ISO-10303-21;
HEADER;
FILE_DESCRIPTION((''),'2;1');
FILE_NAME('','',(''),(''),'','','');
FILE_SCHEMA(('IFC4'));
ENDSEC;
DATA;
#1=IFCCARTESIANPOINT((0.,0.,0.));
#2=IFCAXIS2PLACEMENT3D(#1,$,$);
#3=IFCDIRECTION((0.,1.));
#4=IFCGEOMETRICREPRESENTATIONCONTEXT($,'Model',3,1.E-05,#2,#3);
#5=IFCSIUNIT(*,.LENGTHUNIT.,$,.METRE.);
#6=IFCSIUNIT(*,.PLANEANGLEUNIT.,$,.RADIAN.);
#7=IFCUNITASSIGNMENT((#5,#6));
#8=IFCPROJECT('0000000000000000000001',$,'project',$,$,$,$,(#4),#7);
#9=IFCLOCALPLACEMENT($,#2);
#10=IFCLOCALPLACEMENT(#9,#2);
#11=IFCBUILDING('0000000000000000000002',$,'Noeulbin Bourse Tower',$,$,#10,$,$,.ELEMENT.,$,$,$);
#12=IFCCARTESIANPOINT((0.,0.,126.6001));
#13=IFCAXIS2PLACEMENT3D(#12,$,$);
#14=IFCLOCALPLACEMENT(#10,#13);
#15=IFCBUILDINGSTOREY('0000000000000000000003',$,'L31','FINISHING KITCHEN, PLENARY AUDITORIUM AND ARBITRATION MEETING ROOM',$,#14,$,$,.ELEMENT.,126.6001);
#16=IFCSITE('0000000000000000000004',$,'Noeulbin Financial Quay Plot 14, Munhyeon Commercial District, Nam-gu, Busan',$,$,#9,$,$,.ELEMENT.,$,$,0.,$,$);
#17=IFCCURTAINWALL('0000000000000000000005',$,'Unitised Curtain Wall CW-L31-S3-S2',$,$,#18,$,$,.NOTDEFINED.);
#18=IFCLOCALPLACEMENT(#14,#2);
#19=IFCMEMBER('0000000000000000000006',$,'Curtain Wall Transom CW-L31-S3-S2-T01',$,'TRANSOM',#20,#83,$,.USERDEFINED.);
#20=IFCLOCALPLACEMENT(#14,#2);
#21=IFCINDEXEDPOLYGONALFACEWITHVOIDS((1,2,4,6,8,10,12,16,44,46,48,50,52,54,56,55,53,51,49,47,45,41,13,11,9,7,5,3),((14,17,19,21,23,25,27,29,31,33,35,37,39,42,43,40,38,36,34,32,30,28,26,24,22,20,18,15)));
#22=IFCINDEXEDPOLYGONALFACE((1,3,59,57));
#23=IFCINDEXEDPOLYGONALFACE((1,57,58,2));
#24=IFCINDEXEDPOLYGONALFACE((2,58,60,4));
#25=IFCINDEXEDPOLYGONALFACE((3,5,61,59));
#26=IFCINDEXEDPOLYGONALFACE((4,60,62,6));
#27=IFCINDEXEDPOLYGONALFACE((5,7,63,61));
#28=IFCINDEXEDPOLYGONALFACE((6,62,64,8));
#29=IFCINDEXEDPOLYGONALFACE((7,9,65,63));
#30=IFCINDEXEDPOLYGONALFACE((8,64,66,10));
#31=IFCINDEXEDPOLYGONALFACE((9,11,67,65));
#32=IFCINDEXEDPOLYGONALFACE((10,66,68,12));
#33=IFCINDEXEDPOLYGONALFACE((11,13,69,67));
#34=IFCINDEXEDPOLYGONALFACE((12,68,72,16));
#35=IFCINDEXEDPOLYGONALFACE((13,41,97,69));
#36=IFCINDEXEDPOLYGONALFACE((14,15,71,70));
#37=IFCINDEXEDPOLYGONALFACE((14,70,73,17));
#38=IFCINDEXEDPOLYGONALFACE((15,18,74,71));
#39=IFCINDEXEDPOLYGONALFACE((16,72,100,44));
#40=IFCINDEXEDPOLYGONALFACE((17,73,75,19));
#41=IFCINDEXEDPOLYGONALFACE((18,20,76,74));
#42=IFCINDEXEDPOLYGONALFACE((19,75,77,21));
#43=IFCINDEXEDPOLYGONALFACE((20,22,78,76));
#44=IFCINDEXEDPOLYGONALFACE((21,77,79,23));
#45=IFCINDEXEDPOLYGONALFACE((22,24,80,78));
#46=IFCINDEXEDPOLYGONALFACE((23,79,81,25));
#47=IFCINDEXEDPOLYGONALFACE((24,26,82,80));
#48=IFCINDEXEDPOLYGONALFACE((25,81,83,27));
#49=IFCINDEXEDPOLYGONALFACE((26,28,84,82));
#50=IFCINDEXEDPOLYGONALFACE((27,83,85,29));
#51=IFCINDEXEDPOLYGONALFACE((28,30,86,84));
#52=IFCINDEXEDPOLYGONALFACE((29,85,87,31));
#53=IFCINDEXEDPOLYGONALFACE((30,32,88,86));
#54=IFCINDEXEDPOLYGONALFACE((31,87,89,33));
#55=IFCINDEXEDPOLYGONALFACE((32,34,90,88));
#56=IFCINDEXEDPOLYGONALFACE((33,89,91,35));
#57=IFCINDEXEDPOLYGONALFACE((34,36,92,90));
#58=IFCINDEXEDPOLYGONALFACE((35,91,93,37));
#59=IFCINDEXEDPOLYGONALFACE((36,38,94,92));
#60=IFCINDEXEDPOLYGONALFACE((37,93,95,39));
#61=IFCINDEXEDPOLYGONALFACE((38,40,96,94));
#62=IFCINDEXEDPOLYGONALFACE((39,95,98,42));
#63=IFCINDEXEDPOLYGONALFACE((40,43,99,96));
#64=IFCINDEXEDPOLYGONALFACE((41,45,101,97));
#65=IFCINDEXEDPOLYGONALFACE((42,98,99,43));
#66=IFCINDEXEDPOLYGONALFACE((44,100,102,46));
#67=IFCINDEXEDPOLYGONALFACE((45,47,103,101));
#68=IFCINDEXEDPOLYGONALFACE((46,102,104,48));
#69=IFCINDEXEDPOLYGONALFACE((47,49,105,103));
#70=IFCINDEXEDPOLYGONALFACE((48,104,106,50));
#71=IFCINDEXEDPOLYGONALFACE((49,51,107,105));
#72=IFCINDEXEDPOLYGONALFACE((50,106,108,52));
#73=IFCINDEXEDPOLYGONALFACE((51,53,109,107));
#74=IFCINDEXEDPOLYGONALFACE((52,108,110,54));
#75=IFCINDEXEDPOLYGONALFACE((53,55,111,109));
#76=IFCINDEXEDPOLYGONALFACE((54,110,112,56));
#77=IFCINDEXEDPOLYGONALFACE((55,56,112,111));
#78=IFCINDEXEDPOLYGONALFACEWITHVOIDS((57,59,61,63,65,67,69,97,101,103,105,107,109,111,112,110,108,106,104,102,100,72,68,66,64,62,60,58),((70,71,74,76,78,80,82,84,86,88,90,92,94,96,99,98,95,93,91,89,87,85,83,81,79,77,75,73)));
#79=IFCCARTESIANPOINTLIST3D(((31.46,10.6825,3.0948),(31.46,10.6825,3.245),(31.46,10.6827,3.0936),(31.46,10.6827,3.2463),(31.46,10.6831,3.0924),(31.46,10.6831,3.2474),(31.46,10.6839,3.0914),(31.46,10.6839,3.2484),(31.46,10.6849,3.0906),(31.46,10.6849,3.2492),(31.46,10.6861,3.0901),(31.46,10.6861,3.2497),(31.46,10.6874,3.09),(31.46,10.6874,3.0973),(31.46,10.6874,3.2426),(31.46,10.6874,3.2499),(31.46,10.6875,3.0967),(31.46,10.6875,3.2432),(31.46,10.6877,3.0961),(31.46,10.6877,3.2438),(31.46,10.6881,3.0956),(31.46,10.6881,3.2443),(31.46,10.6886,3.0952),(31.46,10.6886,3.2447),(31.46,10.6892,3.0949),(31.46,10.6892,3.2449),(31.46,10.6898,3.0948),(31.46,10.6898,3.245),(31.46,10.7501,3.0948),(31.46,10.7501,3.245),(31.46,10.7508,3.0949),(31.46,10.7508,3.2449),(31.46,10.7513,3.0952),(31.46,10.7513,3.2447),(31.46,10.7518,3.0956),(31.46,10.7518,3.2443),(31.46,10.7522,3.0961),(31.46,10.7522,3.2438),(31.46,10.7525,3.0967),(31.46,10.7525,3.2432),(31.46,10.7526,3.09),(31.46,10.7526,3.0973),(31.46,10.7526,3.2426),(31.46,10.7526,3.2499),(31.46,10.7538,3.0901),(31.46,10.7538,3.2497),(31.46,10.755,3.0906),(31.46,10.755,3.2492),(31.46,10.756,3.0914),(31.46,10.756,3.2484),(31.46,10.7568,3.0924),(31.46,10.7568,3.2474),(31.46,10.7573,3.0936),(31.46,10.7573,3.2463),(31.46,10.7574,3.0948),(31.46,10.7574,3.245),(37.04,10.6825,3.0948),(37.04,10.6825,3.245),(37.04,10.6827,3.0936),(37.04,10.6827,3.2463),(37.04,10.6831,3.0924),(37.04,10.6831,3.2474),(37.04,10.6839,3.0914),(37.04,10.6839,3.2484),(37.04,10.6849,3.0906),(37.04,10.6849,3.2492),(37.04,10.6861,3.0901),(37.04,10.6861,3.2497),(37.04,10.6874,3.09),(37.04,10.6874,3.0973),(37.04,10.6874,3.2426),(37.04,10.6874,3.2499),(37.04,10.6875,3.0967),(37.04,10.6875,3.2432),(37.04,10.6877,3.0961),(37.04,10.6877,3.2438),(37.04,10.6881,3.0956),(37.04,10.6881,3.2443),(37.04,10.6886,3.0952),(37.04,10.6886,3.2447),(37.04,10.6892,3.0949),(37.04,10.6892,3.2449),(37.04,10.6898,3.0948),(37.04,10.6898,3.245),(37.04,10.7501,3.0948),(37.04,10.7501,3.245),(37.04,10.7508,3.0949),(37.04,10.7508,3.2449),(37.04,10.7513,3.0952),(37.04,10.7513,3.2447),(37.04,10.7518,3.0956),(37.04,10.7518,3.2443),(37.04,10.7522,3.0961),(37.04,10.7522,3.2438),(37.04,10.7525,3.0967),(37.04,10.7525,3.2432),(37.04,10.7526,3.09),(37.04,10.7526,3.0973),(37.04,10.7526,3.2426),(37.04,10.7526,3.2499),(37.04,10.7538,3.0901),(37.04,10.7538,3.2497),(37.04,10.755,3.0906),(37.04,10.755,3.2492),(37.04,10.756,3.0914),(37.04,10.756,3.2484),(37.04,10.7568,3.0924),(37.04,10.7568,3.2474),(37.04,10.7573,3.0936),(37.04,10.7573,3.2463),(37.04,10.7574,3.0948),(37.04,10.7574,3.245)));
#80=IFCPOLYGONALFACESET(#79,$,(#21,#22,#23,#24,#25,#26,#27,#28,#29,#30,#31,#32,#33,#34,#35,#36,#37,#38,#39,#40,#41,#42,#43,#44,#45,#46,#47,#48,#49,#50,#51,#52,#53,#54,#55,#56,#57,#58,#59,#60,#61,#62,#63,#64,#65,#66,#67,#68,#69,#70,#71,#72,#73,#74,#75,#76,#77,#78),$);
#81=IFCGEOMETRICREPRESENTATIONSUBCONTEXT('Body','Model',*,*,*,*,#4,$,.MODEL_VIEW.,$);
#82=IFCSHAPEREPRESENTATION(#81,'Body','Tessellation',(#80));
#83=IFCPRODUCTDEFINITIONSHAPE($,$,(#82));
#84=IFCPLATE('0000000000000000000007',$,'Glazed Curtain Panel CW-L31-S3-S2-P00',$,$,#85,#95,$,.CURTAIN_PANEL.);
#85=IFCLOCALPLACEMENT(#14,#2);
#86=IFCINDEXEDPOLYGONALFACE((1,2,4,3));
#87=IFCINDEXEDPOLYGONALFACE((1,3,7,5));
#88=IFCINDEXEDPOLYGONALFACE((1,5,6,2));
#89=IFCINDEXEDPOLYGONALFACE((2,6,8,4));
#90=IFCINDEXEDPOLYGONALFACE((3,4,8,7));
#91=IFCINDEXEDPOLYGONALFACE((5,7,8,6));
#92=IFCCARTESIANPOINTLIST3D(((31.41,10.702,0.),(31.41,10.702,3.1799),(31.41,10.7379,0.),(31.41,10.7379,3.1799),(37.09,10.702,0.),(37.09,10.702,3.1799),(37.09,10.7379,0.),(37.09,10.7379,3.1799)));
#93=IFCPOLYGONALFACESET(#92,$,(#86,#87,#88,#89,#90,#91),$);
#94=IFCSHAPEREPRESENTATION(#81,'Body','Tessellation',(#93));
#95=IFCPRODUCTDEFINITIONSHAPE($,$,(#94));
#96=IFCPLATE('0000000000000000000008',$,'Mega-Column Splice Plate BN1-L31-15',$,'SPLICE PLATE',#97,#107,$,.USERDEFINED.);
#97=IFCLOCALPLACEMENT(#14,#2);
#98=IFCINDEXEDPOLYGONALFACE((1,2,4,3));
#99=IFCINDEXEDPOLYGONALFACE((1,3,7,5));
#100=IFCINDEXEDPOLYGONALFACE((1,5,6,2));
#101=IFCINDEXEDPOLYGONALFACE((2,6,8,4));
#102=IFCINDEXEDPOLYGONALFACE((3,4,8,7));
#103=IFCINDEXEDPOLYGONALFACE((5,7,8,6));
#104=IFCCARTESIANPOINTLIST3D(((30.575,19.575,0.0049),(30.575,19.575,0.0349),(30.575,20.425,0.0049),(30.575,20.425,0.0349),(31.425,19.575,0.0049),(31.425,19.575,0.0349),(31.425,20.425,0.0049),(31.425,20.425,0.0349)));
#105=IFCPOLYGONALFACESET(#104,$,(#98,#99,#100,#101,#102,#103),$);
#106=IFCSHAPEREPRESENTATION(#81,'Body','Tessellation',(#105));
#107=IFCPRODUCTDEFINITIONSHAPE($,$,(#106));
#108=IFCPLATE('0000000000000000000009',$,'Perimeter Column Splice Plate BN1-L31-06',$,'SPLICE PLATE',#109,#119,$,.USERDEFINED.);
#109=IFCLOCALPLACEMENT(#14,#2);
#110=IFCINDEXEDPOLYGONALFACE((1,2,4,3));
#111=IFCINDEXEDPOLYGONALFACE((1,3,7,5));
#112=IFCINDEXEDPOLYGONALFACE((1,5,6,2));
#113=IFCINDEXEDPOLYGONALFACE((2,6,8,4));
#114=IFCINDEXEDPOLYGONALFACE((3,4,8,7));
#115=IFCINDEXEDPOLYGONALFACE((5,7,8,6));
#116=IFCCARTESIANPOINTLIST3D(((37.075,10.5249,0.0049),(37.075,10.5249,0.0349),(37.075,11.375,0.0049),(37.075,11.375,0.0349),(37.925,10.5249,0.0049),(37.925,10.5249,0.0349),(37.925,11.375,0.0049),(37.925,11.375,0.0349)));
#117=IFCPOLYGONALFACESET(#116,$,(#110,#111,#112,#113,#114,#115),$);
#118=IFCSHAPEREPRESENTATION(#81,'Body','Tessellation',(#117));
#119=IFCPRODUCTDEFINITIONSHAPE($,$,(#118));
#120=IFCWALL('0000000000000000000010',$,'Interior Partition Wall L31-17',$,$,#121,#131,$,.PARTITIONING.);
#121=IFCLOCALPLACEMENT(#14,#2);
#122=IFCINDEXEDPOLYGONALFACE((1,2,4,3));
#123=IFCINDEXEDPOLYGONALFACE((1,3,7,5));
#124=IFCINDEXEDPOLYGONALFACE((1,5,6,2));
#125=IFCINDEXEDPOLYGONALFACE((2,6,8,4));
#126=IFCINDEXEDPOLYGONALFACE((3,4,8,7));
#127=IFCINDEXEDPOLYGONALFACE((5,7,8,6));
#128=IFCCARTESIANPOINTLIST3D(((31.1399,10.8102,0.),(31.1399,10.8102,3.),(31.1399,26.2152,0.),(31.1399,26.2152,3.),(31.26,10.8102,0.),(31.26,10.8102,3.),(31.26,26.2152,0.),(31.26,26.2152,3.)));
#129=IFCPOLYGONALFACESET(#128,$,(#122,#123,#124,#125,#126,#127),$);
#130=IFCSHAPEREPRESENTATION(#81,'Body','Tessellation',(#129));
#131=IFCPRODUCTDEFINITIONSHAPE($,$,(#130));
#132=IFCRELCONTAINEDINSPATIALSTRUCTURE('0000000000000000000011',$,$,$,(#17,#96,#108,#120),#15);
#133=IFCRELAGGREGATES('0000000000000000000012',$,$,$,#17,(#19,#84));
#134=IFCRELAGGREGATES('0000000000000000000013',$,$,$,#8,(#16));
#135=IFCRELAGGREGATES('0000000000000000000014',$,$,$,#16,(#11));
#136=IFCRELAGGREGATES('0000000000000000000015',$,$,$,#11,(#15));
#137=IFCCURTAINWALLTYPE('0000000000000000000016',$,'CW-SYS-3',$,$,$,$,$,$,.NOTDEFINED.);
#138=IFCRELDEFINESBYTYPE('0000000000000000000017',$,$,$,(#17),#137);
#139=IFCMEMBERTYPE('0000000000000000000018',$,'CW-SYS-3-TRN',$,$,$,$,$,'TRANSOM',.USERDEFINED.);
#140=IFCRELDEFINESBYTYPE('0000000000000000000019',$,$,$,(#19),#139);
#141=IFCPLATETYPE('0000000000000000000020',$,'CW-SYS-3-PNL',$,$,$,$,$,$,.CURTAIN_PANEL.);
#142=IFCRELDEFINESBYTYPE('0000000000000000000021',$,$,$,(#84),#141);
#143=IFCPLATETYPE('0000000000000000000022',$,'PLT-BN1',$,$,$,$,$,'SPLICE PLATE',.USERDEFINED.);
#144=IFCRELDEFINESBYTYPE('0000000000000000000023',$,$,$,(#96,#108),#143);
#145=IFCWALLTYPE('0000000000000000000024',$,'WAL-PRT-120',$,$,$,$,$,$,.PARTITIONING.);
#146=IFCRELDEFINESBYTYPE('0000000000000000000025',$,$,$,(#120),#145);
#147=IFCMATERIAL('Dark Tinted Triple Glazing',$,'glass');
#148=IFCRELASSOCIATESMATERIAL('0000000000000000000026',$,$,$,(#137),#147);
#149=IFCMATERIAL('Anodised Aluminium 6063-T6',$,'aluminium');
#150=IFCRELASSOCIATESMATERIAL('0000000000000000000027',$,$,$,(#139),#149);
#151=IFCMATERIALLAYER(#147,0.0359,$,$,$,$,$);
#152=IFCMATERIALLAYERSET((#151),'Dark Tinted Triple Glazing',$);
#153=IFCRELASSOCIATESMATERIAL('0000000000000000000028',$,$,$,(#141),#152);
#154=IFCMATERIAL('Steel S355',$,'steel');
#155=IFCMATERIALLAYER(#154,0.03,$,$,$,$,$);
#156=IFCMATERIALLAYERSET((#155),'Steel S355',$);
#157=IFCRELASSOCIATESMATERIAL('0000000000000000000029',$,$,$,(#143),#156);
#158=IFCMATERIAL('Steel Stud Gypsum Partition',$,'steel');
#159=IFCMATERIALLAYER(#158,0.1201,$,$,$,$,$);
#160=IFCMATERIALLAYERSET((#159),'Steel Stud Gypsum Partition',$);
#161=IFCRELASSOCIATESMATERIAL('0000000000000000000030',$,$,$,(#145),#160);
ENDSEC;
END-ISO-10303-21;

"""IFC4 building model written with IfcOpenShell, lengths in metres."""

from ifc_helpers import new_model, si_unit, direction, frame, frame_2d, origin, origin_2d, place, context, subcontext, project, spatial, rectangle, hollow_rectangle, extrude, material, layer, layer_set, material_profile, profile_set, type_object, element, aggregate, save


model = new_model("IFC4")

# Units and contexts
model_context = context("Model", 3, precision=1e-05, world=origin(), true_north=direction((0.0, 1.0)))
body_context = subcontext(model_context, "Body", "Model", "MODEL_VIEW")
ifc_project = project(units=[si_unit("LENGTHUNIT", "METRE"), si_unit("PLANEANGLEUNIT", "RADIAN")], contexts=[model_context])

# Site, building, storey
site_placement = place(None, origin())
site = spatial("IfcSite", under=ifc_project, at=site_placement, Name="Noeulbin Financial Quay Plot 14, Munhyeon Commercial District, Nam-gu, Busan", CompositionType="ELEMENT", RefElevation=0.0)
building_placement = place(site_placement, origin())
building = spatial("IfcBuilding", under=site, at=building_placement, Name="Noeulbin Bourse Tower", CompositionType="ELEMENT")
storey_placement = place(building_placement, frame((0.0, 0.0, 126.6001)))
storey = spatial("IfcBuildingStorey", under=building, at=storey_placement, Name="L31", Description="FINISHING KITCHEN, PLENARY AUDITORIUM AND ARBITRATION MEETING ROOM", CompositionType="ELEMENT", Elevation=126.6001)

# Shared definitions
ifc_material_1 = material(Name="Steel S355", Category="steel")

# Curtain wall, member, plate
ifc_material_2 = material(Name="Dark Tinted Triple Glazing", Category="glass")
curtain_wall_type = type_object("IfcCurtainWallType", Name="CW-SYS-3", PredefinedType="NOTDEFINED", material=ifc_material_2)
curtain_wall_placement = place(storey_placement, origin())
curtain_wall = element("IfcCurtainWall", 1, at=curtain_wall_placement, inside=storey, type_object=curtain_wall_type, Name="Unitised Curtain Wall CW-L31-S3-S2", PredefinedType="NOTDEFINED")
ifc_material_3 = material(Name="Anodised Aluminium 6063-T6", Category="aluminium")
ifc_material_profile_1 = material_profile(ifc_material_3, hollow_rectangle(XDim=0.075, YDim=0.1599, WallThickness=0.0049, InnerFilletRadius=0.0024, OuterFilletRadius=0.0049, at=origin_2d()), Name="ALU-TRAN-75x160x5", Category="LoadBearing")
ifc_profile_set_1 = profile_set([ifc_material_profile_1], Name="Anodised Aluminium 6063-T6")
member_type_1 = type_object("IfcMemberType", Name="CW-SYS-3-TRN", ElementType="TRANSOM", PredefinedType="USERDEFINED", material=ifc_profile_set_1)
member_1_placement = place(storey_placement, frame((31.46, 10.72, 3.1699), z_axis=(1.0, 0.0, 0.0), x_axis=(0.0, 1.0, 0.0)))
member_1 = element("IfcMember", 2, at=member_1_placement, type_object=member_type_1, Name="Curtain Wall Transom CW-L31-S3-S2-T01", ObjectType="TRANSOM", PredefinedType="USERDEFINED", context=body_context, shape_type="SweptSolid", body=[
    extrude(hollow_rectangle(XDim=0.075, YDim=0.1599, WallThickness=0.0049, InnerFilletRadius=0.0024, OuterFilletRadius=0.0049, at=origin_2d()), origin(), (0.0, 0.0, 1.0), 5.5801),
])
ifc_layer_1 = layer(ifc_material_2, 0.0359)
ifc_layer_set_1 = layer_set([ifc_layer_1], Name="Dark Tinted Triple Glazing")
plate_type_1 = type_object("IfcPlateType", Name="CW-SYS-3-PNL", PredefinedType="CURTAIN_PANEL", material=ifc_layer_set_1)
plate_placement = place(storey_placement, frame((34.25, 10.72, 0.0), z_axis=(0.0, 0.0, 1.0), x_axis=(1.0, 0.0, 0.0)))
plate = element("IfcPlate", 3, at=plate_placement, type_object=plate_type_1, Name="Glazed Curtain Panel CW-L31-S3-S2-P00", PredefinedType="CURTAIN_PANEL", context=body_context, shape_type="SweptSolid", body=[
    extrude(rectangle(XDim=5.6799, YDim=0.0359, at=origin_2d()), origin(), (0.0, 0.0, 1.0), 3.1799),
])
aggregate(curtain_wall, [member_1, plate])

# Plates
ifc_layer_2 = layer(ifc_material_1, 0.03)
ifc_layer_set_2 = layer_set([ifc_layer_2], Name="Steel S355")
plate_type_2 = type_object("IfcPlateType", Name="PLT-BN1", ElementType="SPLICE PLATE", PredefinedType="USERDEFINED", material=ifc_layer_set_2)
for number, where, z_axis, x_axis, name in (
    (4, (31.0, 20.0, 0.0049), (0.0, 0.0, 1.0), (1.0, 0.0, 0.0), "Mega-Column Splice Plate BN1-L31-15"),
    (5, (37.5, 10.95, 0.0049), (0.0, 0.0, 1.0), (1.0, 0.0, 0.0), "Perimeter Column Splice Plate BN1-L31-06"),
):
    element("IfcPlate", number, at=place(storey_placement, frame(where, z_axis=z_axis, x_axis=x_axis)), inside=storey, type_object=plate_type_2, Name=name, ObjectType="SPLICE PLATE", PredefinedType="USERDEFINED", context=body_context, shape_type="SweptSolid", body=[
        extrude(rectangle(XDim=0.8501, YDim=0.8501, at=origin_2d()), origin(), (0.0, 0.0, 1.0), 0.03),
    ])

# Wall
ifc_material_4 = material(Name="Steel Stud Gypsum Partition", Category="steel")
ifc_layer_3 = layer(ifc_material_4, 0.1201)
ifc_layer_set_3 = layer_set([ifc_layer_3], Name="Steel Stud Gypsum Partition")
wall_type = type_object("IfcWallType", Name="WAL-PRT-120", PredefinedType="PARTITIONING", material=ifc_layer_set_3)
wall_placement = place(storey_placement, frame((31.2, 10.8101, 0.0), z_axis=(0.0, 0.0, 1.0), x_axis=(0.0, 1.0, 0.0)))
element("IfcWall", 6, at=wall_placement, inside=storey, type_object=wall_type, Name="Interior Partition Wall L31-17", PredefinedType="PARTITIONING", context=body_context, shape_type="SweptSolid", body=[
    extrude(rectangle(XDim=15.405, YDim=0.1201, at=frame_2d((7.7026, 0.0))), origin(), (0.0, 0.0, 1.0), 3.0),
])

save(model, "model.ifc")
